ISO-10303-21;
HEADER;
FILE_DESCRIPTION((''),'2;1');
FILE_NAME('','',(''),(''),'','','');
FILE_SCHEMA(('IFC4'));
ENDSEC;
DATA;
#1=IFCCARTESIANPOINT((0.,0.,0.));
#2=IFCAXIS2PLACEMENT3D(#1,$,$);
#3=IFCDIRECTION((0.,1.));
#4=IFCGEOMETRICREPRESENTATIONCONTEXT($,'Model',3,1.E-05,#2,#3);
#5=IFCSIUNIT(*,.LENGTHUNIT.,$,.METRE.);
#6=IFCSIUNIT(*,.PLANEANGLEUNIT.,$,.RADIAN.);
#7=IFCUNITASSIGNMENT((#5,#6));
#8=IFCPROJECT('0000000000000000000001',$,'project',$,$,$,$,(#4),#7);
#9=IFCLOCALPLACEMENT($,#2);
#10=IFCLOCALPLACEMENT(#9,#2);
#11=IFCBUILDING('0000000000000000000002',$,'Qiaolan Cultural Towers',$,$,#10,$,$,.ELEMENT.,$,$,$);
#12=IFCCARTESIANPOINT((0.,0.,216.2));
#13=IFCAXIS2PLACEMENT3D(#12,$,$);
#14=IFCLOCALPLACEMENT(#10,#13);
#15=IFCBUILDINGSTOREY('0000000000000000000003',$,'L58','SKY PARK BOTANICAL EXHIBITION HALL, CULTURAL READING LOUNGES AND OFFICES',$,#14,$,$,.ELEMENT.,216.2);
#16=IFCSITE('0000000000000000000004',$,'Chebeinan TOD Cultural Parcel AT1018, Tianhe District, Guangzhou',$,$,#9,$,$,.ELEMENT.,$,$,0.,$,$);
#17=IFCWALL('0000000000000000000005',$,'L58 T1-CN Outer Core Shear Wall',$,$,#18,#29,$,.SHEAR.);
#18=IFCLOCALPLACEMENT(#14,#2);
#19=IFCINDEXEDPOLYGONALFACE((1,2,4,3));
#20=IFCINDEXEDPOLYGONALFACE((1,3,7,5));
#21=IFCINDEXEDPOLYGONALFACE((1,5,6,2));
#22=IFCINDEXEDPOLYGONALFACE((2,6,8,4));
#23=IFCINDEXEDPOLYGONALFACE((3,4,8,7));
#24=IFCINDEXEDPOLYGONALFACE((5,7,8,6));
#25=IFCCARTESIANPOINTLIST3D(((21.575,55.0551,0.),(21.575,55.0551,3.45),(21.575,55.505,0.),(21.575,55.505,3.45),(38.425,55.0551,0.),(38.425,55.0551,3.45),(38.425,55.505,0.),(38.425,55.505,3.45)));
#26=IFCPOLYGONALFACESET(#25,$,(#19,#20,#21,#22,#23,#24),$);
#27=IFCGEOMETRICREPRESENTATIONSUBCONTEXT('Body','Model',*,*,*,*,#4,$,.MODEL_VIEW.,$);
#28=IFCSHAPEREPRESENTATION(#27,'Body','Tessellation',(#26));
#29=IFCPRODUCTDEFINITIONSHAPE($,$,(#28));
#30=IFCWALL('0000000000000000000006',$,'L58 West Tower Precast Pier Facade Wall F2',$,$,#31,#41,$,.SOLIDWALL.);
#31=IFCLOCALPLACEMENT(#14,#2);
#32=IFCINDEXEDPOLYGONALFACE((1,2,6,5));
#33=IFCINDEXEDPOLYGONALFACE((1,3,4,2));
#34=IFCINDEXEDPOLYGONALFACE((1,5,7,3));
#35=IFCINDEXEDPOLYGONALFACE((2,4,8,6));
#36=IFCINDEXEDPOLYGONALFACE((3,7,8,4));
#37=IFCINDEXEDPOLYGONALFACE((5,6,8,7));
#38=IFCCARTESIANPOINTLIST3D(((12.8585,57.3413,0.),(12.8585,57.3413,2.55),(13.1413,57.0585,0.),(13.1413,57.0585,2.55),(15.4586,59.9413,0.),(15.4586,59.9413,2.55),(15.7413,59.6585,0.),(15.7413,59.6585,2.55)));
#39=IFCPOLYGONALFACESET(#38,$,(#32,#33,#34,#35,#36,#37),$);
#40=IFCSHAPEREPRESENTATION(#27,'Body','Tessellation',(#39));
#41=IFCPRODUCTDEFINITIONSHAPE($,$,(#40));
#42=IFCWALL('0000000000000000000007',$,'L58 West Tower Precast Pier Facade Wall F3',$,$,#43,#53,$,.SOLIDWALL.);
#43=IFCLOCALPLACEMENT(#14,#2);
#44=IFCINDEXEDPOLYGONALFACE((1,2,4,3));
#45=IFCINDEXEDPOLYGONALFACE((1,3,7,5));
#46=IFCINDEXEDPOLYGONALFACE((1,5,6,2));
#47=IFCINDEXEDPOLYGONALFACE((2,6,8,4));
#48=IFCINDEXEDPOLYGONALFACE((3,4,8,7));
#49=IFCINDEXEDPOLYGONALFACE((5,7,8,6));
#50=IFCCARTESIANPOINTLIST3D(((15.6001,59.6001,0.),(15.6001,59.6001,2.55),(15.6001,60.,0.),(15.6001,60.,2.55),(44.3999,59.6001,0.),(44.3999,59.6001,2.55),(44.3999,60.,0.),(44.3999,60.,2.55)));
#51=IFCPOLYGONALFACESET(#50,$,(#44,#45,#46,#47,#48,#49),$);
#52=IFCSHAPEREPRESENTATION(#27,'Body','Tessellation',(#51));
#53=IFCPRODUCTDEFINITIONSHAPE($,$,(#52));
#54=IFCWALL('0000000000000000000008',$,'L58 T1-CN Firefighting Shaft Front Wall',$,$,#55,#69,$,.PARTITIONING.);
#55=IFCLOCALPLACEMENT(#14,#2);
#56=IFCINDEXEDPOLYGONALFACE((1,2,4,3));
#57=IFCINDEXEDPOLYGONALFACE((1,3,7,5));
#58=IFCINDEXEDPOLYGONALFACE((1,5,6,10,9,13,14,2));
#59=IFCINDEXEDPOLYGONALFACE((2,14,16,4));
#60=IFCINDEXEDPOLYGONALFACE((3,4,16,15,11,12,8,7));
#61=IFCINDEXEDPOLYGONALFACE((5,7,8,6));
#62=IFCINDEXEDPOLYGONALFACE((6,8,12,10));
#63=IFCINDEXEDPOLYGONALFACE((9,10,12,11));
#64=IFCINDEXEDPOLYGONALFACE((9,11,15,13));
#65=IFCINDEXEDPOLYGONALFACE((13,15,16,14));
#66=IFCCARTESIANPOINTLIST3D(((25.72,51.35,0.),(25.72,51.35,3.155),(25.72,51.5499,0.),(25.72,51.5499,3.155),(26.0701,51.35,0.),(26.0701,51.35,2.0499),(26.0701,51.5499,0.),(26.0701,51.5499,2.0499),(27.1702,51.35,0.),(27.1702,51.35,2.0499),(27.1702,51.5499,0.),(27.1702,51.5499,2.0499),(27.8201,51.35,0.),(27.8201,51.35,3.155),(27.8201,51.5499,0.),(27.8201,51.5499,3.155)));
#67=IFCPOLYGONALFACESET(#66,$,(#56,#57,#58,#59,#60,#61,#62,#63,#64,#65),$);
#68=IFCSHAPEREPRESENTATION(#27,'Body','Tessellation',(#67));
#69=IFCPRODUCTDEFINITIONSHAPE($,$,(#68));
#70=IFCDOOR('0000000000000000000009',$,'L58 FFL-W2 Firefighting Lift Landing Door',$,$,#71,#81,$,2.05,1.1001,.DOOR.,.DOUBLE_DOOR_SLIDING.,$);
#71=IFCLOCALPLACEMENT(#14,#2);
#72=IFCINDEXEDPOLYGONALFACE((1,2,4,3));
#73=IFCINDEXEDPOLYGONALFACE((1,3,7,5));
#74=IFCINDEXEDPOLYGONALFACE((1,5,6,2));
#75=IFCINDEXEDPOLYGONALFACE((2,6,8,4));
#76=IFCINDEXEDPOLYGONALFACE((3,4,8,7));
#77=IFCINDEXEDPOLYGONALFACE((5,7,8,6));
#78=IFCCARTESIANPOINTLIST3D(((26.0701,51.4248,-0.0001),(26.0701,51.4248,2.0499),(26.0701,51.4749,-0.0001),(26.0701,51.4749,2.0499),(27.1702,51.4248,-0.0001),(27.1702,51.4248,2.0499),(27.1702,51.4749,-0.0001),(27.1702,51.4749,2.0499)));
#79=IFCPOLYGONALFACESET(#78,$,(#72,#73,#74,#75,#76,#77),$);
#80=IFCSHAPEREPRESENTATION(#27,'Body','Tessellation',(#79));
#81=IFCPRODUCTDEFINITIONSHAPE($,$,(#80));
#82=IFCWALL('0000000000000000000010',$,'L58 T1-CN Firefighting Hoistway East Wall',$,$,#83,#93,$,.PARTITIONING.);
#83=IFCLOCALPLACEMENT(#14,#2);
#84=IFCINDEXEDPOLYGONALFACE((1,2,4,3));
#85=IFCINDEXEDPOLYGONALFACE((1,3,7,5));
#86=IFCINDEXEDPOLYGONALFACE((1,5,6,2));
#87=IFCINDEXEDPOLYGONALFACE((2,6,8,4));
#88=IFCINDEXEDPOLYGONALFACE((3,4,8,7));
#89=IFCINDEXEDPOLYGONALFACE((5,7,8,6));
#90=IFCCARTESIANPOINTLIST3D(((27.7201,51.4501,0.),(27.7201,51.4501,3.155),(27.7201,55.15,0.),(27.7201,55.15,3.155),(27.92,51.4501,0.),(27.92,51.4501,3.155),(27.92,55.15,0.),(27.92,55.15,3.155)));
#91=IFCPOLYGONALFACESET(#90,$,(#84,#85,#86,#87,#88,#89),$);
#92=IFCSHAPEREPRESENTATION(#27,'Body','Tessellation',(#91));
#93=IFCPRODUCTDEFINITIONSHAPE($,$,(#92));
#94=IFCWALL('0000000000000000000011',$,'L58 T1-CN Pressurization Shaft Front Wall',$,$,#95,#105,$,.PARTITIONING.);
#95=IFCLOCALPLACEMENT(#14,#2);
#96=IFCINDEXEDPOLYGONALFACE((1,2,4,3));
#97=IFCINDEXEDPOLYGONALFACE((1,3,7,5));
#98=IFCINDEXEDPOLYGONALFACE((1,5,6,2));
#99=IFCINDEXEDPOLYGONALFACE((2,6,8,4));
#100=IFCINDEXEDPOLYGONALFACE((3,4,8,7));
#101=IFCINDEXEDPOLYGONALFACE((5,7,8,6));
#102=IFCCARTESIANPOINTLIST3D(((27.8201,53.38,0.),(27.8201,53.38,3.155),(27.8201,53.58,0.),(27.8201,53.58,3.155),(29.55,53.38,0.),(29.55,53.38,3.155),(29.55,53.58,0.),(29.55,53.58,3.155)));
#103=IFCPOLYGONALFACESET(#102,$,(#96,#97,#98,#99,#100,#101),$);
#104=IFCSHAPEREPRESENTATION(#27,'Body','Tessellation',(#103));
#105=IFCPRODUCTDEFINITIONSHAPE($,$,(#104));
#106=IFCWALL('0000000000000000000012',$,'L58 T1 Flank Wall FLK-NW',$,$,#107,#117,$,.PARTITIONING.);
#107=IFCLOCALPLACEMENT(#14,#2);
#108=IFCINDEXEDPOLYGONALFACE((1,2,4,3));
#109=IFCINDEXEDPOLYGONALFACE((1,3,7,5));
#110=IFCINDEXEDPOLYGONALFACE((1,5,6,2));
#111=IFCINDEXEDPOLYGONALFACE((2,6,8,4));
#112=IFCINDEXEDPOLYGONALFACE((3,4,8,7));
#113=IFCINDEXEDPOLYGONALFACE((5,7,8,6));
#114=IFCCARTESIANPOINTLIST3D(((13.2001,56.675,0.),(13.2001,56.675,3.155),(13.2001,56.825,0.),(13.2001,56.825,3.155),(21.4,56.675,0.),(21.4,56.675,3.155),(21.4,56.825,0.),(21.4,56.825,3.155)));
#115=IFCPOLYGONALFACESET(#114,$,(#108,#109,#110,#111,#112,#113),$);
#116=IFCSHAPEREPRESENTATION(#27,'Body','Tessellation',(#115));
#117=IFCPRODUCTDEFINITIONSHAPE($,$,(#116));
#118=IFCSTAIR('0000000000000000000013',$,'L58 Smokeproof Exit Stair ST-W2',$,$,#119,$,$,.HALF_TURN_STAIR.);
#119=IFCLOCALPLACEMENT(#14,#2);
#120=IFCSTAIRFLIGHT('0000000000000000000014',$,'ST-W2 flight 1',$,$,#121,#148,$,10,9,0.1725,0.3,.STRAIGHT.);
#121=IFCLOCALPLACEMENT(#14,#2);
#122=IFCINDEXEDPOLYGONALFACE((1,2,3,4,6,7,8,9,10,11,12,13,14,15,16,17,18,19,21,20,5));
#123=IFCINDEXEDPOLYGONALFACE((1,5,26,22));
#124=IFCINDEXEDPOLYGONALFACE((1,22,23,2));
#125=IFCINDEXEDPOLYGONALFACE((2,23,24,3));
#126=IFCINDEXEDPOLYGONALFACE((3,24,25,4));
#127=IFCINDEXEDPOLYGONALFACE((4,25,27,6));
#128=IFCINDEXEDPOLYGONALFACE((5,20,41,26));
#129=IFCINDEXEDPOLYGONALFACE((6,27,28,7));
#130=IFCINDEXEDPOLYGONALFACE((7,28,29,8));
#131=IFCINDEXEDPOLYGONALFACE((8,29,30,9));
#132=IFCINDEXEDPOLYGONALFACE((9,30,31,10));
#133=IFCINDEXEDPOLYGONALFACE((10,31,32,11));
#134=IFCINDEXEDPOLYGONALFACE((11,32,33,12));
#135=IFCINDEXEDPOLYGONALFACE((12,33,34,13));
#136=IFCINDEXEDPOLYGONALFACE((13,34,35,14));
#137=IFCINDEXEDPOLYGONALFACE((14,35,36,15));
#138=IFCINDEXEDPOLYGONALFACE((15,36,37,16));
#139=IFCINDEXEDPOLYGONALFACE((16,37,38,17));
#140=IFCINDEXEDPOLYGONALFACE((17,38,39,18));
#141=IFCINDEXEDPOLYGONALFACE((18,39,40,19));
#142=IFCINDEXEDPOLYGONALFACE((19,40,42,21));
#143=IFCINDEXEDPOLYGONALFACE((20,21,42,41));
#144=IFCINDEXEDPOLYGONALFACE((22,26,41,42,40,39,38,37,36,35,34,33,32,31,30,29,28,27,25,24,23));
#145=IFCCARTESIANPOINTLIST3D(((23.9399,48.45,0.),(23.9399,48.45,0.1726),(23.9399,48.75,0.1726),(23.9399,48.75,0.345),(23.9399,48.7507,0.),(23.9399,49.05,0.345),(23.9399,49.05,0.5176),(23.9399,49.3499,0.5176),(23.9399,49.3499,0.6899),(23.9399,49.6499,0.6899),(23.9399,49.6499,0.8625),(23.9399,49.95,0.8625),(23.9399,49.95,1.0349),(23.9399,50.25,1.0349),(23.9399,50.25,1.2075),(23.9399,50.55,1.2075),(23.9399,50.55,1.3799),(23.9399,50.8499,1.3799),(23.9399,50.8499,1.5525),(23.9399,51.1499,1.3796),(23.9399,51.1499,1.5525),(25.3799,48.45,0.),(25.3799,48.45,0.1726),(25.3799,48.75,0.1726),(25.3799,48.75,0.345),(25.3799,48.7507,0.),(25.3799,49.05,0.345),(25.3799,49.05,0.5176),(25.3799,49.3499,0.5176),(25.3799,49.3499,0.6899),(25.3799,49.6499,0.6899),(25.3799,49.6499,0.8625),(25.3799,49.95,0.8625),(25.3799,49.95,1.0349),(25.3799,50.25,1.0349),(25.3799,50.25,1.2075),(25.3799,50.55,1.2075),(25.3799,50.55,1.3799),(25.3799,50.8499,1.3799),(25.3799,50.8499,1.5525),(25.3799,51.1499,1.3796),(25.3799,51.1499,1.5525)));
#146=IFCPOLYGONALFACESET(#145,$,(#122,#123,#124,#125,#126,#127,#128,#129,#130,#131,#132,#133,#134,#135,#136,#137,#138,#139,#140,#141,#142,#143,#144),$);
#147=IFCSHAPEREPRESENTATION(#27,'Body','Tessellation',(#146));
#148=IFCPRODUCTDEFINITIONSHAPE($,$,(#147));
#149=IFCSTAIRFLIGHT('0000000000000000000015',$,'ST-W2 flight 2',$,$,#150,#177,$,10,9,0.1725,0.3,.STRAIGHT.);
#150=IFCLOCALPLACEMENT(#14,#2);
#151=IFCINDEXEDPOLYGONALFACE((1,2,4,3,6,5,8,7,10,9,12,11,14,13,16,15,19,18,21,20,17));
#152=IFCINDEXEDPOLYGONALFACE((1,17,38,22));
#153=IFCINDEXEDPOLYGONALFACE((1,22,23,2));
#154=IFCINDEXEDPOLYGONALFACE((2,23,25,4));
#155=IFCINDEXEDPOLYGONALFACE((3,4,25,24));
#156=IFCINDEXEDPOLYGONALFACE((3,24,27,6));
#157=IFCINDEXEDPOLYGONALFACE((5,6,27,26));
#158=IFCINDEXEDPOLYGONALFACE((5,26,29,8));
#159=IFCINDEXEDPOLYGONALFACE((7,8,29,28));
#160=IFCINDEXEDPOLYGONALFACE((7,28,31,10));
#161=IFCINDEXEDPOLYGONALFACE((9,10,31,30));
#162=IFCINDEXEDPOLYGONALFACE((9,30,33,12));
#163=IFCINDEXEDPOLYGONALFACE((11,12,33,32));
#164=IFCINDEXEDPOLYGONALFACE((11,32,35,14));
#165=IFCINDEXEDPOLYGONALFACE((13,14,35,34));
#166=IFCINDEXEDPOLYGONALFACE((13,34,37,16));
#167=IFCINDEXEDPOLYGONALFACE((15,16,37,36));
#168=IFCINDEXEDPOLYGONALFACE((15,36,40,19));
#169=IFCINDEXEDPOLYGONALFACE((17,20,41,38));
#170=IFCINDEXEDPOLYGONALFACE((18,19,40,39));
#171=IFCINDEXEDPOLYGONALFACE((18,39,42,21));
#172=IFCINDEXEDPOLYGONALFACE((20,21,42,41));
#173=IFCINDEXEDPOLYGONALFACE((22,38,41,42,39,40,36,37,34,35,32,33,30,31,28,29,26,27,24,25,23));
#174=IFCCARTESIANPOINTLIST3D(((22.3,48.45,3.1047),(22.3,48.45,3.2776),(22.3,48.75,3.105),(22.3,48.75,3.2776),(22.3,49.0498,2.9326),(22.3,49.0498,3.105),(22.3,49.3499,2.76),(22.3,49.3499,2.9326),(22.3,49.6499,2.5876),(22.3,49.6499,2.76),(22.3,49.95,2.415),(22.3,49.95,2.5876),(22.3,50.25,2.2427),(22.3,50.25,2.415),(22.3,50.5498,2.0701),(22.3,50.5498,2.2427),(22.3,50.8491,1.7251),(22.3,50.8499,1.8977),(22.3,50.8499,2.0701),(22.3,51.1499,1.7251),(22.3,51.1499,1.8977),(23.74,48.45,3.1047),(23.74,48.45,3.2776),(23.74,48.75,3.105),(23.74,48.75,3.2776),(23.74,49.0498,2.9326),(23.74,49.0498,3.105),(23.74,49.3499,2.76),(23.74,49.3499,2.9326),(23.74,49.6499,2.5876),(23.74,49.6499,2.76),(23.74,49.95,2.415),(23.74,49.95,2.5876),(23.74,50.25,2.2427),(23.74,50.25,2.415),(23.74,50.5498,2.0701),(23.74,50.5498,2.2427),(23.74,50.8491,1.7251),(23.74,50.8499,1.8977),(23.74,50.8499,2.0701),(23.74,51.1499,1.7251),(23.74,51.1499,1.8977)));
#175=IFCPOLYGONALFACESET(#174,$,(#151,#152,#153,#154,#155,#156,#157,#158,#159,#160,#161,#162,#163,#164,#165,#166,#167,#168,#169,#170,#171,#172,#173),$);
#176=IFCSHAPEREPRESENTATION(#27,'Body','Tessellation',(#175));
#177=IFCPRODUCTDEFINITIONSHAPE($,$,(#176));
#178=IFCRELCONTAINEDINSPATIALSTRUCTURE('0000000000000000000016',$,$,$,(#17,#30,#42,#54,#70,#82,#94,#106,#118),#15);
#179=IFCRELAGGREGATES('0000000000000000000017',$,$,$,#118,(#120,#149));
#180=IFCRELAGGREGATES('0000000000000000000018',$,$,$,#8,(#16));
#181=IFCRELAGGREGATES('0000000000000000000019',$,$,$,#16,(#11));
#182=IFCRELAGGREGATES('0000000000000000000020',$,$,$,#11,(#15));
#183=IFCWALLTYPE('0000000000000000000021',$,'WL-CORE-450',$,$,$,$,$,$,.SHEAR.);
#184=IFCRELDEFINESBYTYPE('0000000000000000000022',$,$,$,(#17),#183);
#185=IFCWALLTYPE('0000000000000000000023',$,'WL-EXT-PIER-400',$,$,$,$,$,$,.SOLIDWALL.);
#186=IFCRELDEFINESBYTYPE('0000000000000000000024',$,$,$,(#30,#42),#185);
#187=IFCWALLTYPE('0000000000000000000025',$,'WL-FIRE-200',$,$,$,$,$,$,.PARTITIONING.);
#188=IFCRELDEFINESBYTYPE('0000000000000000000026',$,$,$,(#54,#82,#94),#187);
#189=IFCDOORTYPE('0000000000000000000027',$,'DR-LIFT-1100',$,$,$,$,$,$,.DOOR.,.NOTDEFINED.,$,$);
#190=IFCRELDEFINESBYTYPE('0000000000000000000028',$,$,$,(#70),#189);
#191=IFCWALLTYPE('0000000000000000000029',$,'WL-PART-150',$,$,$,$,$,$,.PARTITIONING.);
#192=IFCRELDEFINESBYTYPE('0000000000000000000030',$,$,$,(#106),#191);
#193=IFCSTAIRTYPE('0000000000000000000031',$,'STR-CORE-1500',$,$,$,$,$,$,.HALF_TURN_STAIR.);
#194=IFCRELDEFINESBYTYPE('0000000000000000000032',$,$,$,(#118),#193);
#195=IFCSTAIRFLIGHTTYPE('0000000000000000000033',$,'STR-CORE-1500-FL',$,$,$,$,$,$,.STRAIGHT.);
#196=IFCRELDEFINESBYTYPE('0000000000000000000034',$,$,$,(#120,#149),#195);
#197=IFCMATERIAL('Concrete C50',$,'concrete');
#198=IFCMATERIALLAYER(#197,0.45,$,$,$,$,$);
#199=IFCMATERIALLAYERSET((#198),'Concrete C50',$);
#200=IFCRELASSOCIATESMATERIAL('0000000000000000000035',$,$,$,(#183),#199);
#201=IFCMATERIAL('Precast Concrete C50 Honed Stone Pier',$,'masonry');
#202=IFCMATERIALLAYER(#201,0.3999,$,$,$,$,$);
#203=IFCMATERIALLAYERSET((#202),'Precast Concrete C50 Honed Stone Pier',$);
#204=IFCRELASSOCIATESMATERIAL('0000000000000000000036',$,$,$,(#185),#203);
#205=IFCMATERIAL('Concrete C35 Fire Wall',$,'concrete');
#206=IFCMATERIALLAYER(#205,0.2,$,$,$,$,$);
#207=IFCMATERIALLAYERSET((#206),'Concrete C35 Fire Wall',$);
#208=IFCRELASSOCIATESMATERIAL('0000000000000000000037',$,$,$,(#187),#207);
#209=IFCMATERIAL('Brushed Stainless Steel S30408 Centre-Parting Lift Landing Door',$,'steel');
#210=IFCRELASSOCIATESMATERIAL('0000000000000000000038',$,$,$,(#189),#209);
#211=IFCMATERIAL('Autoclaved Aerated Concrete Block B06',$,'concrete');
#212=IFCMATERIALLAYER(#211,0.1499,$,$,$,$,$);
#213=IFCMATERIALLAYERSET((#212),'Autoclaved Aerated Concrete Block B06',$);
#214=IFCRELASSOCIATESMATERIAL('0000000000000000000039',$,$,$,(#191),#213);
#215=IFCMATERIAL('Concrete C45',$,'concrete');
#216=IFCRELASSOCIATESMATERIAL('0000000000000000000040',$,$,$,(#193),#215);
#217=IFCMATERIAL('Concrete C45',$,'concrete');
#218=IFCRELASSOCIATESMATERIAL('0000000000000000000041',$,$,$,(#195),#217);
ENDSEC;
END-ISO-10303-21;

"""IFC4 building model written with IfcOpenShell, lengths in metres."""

from ifc_helpers import new_model, si_unit, direction, frame, frame_2d, origin, place, context, subcontext, project, spatial, polyline, rectangle, outline, extrude, material, layer, layer_set, type_object, element, fill, aggregate, save


model = new_model("IFC4")

# Units and contexts
model_context = context("Model", 3, precision=1e-05, world=origin(), true_north=direction((0.0, 1.0)))
body_context = subcontext(model_context, "Body", "Model", "MODEL_VIEW")
ifc_project = project(units=[si_unit("LENGTHUNIT", "METRE"), si_unit("PLANEANGLEUNIT", "RADIAN")], contexts=[model_context])

# Site, building, storey
site_placement = place(None, origin())
site = spatial("IfcSite", under=ifc_project, at=site_placement, Name="Chebeinan TOD Cultural Parcel AT1018, Tianhe District, Guangzhou", CompositionType="ELEMENT", RefElevation=0.0)
building_placement = place(site_placement, origin())
building = spatial("IfcBuilding", under=site, at=building_placement, Name="Qiaolan Cultural Towers", CompositionType="ELEMENT")
storey_placement = place(building_placement, frame((0.0, 0.0, 216.2)))
storey = spatial("IfcBuildingStorey", under=building, at=storey_placement, Name="L58", Description="SKY PARK BOTANICAL EXHIBITION HALL, CULTURAL READING LOUNGES AND OFFICES", CompositionType="ELEMENT", Elevation=216.2)

# Walls
ifc_material_1 = material(Name="Concrete C50", Category="concrete")
ifc_layer_1 = layer(ifc_material_1, 0.45)
ifc_layer_set_1 = layer_set([ifc_layer_1], Name="Concrete C50")
wall_type_1 = type_object("IfcWallType", Name="WL-CORE-450", PredefinedType="SHEAR", material=ifc_layer_set_1)
wall_1_placement = place(storey_placement, frame((21.575, 55.28, 0.0), z_axis=(0.0, 0.0, 1.0), x_axis=(1.0, 0.0, 0.0)))
element("IfcWall", 1, at=wall_1_placement, inside=storey, type_object=wall_type_1, Name="L58 T1-CN Outer Core Shear Wall", PredefinedType="SHEAR", context=body_context, shape_type="SweptSolid", body=[
    extrude(rectangle(XDim=16.8501, YDim=0.45, at=frame_2d((8.425, 0.0))), origin(), (0.0, 0.0, 1.0), 3.45),
])
ifc_material_2 = material(Name="Precast Concrete C50 Honed Stone Pier", Category="masonry")
ifc_layer_2 = layer(ifc_material_2, 0.3999)
ifc_layer_set_2 = layer_set([ifc_layer_2], Name="Precast Concrete C50 Honed Stone Pier")
wall_type_2 = type_object("IfcWallType", Name="WL-EXT-PIER-400", PredefinedType="SOLIDWALL", material=ifc_layer_set_2)
wall_2_placement = place(storey_placement, frame((13.0, 57.2, 0.0), z_axis=(0.0, 0.0, 1.0), x_axis=(0.707107, 0.707107, 0.0)))
element("IfcWall", 2, at=wall_2_placement, inside=storey, type_object=wall_type_2, Name="L58 West Tower Precast Pier Facade Wall F2", PredefinedType="SOLIDWALL", context=body_context, shape_type="SweptSolid", body=[
    extrude(rectangle(XDim=3.677, YDim=0.3999, at=frame_2d((1.8384, 0.0))), origin(), (0.0, 0.0, 1.0), 2.55),
])
wall_3_placement = place(storey_placement, frame((15.6001, 59.8, 0.0), z_axis=(0.0, 0.0, 1.0), x_axis=(1.0, 0.0, 0.0)))
element("IfcWall", 3, at=wall_3_placement, inside=storey, type_object=wall_type_2, Name="L58 West Tower Precast Pier Facade Wall F3", PredefinedType="SOLIDWALL", context=body_context, shape_type="SweptSolid", body=[
    extrude(rectangle(XDim=28.7998, YDim=0.3999, at=frame_2d((14.3999, 0.0))), origin(), (0.0, 0.0, 1.0), 2.55),
])

# Wall, opening, door
ifc_material_3 = material(Name="Concrete C35 Fire Wall", Category="concrete")
ifc_layer_3 = layer(ifc_material_3, 0.2)
ifc_layer_set_3 = layer_set([ifc_layer_3], Name="Concrete C35 Fire Wall")
wall_type_3 = type_object("IfcWallType", Name="WL-FIRE-200", PredefinedType="PARTITIONING", material=ifc_layer_set_3)
wall_4_placement = place(storey_placement, frame((25.72, 51.45, 0.0), z_axis=(0.0, 0.0, 1.0), x_axis=(1.0, 0.0, 0.0)))
wall_4 = element("IfcWall", 4, at=wall_4_placement, inside=storey, type_object=wall_type_3, Name="L58 T1-CN Firefighting Shaft Front Wall", PredefinedType="PARTITIONING", context=body_context, shape_type="SweptSolid", body=[
    extrude(rectangle(XDim=2.1001, YDim=0.2, at=frame_2d((1.05, 0.0))), origin(), (0.0, 0.0, 1.0), 3.155),
])
opening_placement = place(wall_4_placement, frame((0.3501, 0.0, 0.0)))
opening = element("IfcOpeningElement", 5, at=opening_placement, cuts=wall_4, PredefinedType="OPENING", context=body_context, shape_type="SweptSolid", body=[
    extrude(rectangle(XDim=1.1001, YDim=2.05, at=frame_2d((0.55, 1.0249))), frame((0.0, 0.1099, 0.0), z_axis=(0.0, -1.0, 0.0), x_axis=(1.0, 0.0, 0.0)), (0.0, 0.0, 1.0), 0.22),
])
ifc_material_4 = material(Name="Brushed Stainless Steel S30408 Centre-Parting Lift Landing Door", Category="steel")
door_type = type_object("IfcDoorType", Name="DR-LIFT-1100", OperationType="NOTDEFINED", PredefinedType="DOOR", material=ifc_material_4)
door_placement = place(opening_placement, origin())
door = element("IfcDoor", 6, at=door_placement, inside=storey, type_object=door_type, Name="L58 FFL-W2 Firefighting Lift Landing Door", OperationType="DOUBLE_DOOR_SLIDING", OverallHeight=2.05, OverallWidth=1.1001, PredefinedType="DOOR", context=body_context, shape_type="SweptSolid", body=[
    extrude(rectangle(XDim=1.1001, YDim=2.05, at=frame_2d((0.55, 1.0249))), frame((0.0, 0.0249, 0.0), z_axis=(0.0, -1.0, 0.0), x_axis=(1.0, 0.0, 0.0)), (0.0, 0.0, 1.0), 0.05),
])
fill(opening, door)

# Walls
wall_5_placement = place(storey_placement, frame((27.8201, 51.45, 0.0), z_axis=(0.0, 0.0, 1.0), x_axis=(0.0, 1.0, 0.0)))
element("IfcWall", 7, at=wall_5_placement, inside=storey, type_object=wall_type_3, Name="L58 T1-CN Firefighting Hoistway East Wall", PredefinedType="PARTITIONING", context=body_context, shape_type="SweptSolid", body=[
    extrude(rectangle(XDim=3.7, YDim=0.2, at=frame_2d((1.8501, 0.0))), origin(), (0.0, 0.0, 1.0), 3.155),
])
wall_6_placement = place(storey_placement, frame((27.8201, 53.48, 0.0), z_axis=(0.0, 0.0, 1.0), x_axis=(1.0, 0.0, 0.0)))
element("IfcWall", 8, at=wall_6_placement, inside=storey, type_object=wall_type_3, Name="L58 T1-CN Pressurization Shaft Front Wall", PredefinedType="PARTITIONING", context=body_context, shape_type="SweptSolid", body=[
    extrude(rectangle(XDim=1.73, YDim=0.2, at=frame_2d((0.865, 0.0))), origin(), (0.0, 0.0, 1.0), 3.155),
])
ifc_material_5 = material(Name="Autoclaved Aerated Concrete Block B06", Category="concrete")
ifc_layer_4 = layer(ifc_material_5, 0.1499)
ifc_layer_set_4 = layer_set([ifc_layer_4], Name="Autoclaved Aerated Concrete Block B06")
wall_type_4 = type_object("IfcWallType", Name="WL-PART-150", PredefinedType="PARTITIONING", material=ifc_layer_set_4)
wall_7_placement = place(storey_placement, frame((13.2, 56.75, 0.0), z_axis=(0.0, 0.0, 1.0), x_axis=(1.0, 0.0, 0.0)))
element("IfcWall", 9, at=wall_7_placement, inside=storey, type_object=wall_type_4, Name="L58 T1 Flank Wall FLK-NW", PredefinedType="PARTITIONING", context=body_context, shape_type="SweptSolid", body=[
    extrude(rectangle(XDim=8.2, YDim=0.1499, at=frame_2d((4.1001, 0.0))), origin(), (0.0, 0.0, 1.0), 3.155),
])

# Stair, stair flights
ifc_material_6 = material(Name="Concrete C45", Category="concrete")
stair_type = type_object("IfcStairType", Name="STR-CORE-1500", PredefinedType="HALF_TURN_STAIR", material=ifc_material_6)
stair_placement = place(storey_placement, origin())
stair = element("IfcStair", 10, at=stair_placement, inside=storey, type_object=stair_type, Name="L58 Smokeproof Exit Stair ST-W2", PredefinedType="HALF_TURN_STAIR")
ifc_material_7 = material(Name="Concrete C45", Category="concrete")
stair_flight_type = type_object("IfcStairFlightType", Name="STR-CORE-1500-FL", PredefinedType="STRAIGHT", material=ifc_material_7)
stair_flight_1_placement = place(storey_placement, frame((24.6599, 48.45, 0.0), z_axis=(0.0, 0.0, 1.0), x_axis=(0.0, 1.0, 0.0)))
stair_flight_1 = element("IfcStairFlight", 11, at=stair_flight_1_placement, type_object=stair_flight_type, Name="ST-W2 flight 1", NumberOfRisers=10, NumberOfTreads=9, PredefinedType="STRAIGHT", RiserHeight=0.1725, TreadLength=0.3, context=body_context, shape_type="SweptSolid", body=[
    extrude(outline(polyline([(0.0, 0.0), (0.0, 0.1726), (0.3, 0.1726), (0.3, 0.345), (0.6001, 0.345), (0.6001, 0.5176), (0.8999, 0.5176), (0.8999, 0.6899), (1.2, 0.6899), (1.2, 0.8625), (1.5, 0.8625), (1.5, 1.0349), (1.8, 1.0349), (1.8, 1.2075), (2.1001, 1.2075), (2.1001, 1.3799), (2.3999, 1.3799), (2.3999, 1.5525), (2.7, 1.5525), (2.7, 1.7251), (2.7, 1.3796), (0.3008, 0.0), (0.0, 0.0)])), frame((0.0, 0.72, 0.0), z_axis=(0.0, -1.0, 0.0), x_axis=(1.0, 0.0, 0.0)), (0.0, 0.0, 1.0), 1.4399),
])
stair_flight_2_placement = place(storey_placement, frame((23.02, 51.1499, 1.7251), z_axis=(0.0, 0.0, 1.0), x_axis=(0.0, -1.0, 0.0)))
stair_flight_2 = element("IfcStairFlight", 12, at=stair_flight_2_placement, type_object=stair_flight_type, Name="ST-W2 flight 2", NumberOfRisers=10, NumberOfTreads=9, PredefinedType="STRAIGHT", RiserHeight=0.1725, TreadLength=0.3, context=body_context, shape_type="SweptSolid", body=[
    extrude(outline(polyline([(0.0, 0.0), (0.0, 0.1726), (0.3, 0.1726), (0.3, 0.345), (0.6001, 0.345), (0.6001, 0.5176), (0.8999, 0.5176), (0.8999, 0.6899), (1.2, 0.6899), (1.2, 0.8625), (1.5, 0.8625), (1.5, 1.0349), (1.8, 1.0349), (1.8, 1.2075), (2.1001, 1.2075), (2.1001, 1.3799), (2.3999, 1.3799), (2.3999, 1.5525), (2.7, 1.5525), (2.7, 1.7251), (2.7, 1.3796), (0.3008, 0.0), (0.0, 0.0)])), frame((0.0, 0.72, 0.0), z_axis=(0.0, -1.0, 0.0), x_axis=(1.0, 0.0, 0.0)), (0.0, 0.0, 1.0), 1.4399),
])
aggregate(stair, [stair_flight_1, stair_flight_2])

save(model, "model.ifc")
